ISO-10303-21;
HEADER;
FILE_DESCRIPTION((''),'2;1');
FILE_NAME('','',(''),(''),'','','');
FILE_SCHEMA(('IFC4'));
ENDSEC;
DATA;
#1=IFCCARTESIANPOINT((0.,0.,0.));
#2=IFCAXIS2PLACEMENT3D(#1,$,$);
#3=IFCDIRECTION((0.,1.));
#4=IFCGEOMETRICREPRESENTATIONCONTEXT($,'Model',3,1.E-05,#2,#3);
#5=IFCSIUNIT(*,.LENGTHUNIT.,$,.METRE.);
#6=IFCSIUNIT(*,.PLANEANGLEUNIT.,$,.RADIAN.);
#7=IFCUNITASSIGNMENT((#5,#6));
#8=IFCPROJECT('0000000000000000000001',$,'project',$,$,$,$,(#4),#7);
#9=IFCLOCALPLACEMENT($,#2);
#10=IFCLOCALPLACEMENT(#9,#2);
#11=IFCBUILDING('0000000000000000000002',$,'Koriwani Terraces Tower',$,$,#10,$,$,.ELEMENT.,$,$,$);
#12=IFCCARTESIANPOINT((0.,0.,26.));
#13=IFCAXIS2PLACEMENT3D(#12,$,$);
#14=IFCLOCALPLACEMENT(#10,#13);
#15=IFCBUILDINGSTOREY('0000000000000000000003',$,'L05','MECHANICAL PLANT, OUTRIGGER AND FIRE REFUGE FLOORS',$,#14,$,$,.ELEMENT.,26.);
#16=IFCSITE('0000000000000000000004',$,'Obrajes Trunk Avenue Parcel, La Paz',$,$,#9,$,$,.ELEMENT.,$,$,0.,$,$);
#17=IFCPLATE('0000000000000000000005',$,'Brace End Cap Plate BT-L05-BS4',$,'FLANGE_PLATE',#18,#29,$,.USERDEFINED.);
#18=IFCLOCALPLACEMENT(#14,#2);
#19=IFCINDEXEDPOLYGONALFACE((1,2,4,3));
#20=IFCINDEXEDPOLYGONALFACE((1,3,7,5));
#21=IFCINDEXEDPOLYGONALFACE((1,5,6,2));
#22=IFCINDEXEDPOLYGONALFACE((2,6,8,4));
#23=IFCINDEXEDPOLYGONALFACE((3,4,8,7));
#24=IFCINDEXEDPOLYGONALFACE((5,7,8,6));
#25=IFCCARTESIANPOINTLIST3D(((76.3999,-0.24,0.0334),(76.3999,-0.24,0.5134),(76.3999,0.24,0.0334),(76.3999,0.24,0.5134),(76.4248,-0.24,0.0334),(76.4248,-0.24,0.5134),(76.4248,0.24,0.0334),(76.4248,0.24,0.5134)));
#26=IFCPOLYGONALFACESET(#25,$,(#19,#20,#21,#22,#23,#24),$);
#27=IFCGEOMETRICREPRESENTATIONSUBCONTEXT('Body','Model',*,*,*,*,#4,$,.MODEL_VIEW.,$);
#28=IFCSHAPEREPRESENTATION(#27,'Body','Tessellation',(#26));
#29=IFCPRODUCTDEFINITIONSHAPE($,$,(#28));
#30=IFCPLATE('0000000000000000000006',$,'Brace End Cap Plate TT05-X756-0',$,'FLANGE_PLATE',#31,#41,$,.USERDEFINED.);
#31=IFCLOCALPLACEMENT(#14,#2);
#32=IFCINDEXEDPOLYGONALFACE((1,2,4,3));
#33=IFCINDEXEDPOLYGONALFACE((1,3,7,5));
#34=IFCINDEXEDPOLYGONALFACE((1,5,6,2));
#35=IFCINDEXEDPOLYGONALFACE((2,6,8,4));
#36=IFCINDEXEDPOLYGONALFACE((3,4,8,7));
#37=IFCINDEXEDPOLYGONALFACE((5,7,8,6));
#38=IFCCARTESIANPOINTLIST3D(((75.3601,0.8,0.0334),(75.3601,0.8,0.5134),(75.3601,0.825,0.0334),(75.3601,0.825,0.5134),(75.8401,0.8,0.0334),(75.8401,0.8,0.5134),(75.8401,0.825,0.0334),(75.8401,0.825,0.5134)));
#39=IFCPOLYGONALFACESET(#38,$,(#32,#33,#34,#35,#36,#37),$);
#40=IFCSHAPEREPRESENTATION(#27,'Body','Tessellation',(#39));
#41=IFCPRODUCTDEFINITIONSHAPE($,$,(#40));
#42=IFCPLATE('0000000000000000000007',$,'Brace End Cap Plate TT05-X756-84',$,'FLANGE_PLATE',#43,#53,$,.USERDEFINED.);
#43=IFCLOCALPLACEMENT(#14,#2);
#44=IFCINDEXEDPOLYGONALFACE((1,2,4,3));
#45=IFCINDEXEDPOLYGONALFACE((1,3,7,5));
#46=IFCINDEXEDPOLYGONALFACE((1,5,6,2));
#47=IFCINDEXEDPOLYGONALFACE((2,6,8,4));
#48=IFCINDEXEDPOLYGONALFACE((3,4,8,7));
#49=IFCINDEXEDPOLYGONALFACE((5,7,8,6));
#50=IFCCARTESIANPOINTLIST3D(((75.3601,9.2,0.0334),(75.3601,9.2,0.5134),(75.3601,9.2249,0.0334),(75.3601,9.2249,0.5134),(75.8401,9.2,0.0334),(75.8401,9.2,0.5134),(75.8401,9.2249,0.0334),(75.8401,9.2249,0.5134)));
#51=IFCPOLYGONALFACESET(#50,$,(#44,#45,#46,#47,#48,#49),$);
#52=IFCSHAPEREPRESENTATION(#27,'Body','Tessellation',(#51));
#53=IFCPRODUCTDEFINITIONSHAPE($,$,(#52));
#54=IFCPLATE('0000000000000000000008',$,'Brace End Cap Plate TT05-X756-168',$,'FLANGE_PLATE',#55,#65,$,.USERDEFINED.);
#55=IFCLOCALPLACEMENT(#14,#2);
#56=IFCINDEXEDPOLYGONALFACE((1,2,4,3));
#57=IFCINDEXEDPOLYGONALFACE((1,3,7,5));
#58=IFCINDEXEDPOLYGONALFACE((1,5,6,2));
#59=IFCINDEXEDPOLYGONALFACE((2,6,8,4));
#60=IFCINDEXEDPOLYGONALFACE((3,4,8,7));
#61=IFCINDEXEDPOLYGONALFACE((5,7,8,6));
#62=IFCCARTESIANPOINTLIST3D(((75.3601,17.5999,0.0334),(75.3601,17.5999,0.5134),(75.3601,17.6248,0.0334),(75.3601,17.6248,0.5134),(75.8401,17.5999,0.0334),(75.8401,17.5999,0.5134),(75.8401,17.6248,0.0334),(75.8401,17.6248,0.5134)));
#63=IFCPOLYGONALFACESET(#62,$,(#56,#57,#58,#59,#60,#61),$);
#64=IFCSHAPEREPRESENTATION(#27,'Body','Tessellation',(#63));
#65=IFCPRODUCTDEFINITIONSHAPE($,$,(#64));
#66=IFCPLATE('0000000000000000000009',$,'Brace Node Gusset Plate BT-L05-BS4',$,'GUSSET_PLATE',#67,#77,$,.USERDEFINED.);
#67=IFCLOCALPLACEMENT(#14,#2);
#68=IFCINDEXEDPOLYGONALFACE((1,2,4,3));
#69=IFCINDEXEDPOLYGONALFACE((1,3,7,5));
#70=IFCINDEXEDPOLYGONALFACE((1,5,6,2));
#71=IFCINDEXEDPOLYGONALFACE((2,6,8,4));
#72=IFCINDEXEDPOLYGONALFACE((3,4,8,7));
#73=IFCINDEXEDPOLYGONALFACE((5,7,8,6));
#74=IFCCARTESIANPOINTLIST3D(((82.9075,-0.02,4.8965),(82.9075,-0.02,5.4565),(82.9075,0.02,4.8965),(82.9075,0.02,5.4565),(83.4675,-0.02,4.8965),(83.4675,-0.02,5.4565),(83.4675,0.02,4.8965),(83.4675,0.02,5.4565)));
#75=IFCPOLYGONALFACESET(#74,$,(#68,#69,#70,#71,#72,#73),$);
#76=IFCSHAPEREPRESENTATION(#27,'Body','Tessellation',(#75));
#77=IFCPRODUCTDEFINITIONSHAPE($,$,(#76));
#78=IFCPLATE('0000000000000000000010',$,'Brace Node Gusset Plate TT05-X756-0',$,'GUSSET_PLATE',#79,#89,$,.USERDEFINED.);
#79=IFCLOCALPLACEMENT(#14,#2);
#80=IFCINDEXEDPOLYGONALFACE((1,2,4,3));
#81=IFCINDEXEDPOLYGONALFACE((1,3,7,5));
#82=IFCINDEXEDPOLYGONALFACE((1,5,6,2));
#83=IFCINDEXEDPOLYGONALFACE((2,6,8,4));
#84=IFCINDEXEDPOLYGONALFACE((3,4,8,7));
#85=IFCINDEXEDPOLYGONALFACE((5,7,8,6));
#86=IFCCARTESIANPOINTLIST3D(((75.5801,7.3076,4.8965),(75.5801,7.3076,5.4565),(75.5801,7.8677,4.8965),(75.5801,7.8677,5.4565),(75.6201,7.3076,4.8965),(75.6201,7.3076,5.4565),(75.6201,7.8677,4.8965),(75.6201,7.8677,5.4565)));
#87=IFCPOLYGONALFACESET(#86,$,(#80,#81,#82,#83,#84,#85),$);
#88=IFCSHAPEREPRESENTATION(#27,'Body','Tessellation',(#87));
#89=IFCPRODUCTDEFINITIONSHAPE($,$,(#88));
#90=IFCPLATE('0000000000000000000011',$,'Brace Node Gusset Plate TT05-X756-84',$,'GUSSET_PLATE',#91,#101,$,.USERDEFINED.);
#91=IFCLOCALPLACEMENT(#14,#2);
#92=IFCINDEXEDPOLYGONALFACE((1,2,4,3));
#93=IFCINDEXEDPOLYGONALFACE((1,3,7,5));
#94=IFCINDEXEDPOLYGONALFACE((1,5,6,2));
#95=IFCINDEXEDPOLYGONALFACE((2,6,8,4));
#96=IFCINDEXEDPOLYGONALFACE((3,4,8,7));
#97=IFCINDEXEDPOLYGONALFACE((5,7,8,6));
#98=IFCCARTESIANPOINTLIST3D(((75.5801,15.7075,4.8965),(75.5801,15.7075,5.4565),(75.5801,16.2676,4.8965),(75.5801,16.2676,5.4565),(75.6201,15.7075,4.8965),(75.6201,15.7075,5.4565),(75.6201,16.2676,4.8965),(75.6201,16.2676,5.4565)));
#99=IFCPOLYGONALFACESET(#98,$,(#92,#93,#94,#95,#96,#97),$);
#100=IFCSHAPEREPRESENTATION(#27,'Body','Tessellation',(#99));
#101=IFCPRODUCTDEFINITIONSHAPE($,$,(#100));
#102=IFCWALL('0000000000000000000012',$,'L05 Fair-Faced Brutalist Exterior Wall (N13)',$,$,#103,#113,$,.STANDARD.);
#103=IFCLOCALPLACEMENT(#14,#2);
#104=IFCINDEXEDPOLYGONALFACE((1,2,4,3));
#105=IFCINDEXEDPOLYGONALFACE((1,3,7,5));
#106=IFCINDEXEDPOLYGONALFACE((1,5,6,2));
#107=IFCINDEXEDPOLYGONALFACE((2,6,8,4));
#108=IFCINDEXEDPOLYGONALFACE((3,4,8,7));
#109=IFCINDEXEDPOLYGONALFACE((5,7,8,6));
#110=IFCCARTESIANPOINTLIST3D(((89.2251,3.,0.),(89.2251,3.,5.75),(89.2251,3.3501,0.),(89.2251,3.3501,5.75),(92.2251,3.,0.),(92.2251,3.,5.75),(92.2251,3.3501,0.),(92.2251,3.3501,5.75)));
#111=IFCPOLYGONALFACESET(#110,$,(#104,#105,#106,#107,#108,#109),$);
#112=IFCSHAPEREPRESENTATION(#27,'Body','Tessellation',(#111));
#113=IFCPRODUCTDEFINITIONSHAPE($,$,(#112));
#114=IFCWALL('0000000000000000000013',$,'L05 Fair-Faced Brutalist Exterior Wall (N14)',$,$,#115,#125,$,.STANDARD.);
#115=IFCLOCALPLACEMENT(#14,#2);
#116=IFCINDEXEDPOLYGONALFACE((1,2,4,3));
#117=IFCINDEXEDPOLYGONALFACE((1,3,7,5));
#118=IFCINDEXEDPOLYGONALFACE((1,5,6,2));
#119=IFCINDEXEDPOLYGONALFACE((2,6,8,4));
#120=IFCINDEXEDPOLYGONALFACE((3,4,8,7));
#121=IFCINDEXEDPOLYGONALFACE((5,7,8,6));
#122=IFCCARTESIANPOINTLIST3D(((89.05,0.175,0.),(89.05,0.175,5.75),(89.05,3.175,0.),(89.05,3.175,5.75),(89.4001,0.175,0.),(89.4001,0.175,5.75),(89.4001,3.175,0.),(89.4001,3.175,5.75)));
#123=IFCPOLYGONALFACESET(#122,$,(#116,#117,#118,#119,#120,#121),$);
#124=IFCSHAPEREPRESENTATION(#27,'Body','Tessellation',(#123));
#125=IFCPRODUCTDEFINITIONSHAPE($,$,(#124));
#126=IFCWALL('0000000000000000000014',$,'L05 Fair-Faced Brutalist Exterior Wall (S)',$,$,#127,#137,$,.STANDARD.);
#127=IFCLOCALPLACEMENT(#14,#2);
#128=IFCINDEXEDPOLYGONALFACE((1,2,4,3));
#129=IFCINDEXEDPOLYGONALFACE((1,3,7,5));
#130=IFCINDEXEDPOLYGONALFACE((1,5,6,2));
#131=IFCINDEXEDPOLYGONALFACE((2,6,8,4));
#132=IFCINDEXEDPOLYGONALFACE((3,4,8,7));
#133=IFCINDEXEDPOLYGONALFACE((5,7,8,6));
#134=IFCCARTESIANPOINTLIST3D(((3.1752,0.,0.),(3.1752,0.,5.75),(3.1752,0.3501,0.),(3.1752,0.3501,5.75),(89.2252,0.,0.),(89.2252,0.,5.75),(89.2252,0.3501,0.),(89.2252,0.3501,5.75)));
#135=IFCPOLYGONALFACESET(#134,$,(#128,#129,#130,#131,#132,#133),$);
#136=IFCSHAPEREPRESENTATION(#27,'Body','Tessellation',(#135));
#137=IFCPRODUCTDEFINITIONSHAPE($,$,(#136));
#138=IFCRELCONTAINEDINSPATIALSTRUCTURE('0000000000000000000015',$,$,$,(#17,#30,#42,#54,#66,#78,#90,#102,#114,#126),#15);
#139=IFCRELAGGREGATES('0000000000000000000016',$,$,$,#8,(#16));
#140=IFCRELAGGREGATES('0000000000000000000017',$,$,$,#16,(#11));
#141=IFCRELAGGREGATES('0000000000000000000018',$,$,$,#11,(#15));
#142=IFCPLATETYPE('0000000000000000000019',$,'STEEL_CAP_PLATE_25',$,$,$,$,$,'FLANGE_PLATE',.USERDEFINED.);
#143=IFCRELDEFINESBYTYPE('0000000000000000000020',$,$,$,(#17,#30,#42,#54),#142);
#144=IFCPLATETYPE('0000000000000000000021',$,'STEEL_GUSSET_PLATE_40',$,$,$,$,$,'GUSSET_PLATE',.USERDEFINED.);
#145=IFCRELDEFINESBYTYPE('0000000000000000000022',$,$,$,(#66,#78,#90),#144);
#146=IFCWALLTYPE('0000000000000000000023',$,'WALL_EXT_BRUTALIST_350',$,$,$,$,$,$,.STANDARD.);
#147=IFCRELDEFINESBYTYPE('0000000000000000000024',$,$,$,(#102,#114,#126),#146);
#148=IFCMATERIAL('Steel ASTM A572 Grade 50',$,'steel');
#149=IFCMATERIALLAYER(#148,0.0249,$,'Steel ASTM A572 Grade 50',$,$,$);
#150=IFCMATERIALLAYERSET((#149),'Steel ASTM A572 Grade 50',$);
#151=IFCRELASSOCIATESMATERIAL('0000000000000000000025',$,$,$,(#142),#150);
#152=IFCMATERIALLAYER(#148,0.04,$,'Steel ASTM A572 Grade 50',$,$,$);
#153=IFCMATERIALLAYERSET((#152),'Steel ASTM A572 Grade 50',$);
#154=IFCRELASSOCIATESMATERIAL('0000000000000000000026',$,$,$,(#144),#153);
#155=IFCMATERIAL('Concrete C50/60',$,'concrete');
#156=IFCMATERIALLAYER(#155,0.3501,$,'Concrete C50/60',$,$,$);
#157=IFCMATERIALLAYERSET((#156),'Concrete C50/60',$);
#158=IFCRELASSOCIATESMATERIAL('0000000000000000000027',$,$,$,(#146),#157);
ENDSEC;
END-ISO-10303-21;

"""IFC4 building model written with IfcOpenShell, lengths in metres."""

from ifc_helpers import new_model, si_unit, direction, frame, frame_2d, origin, origin_2d, place, context, subcontext, project, spatial, rectangle, extrude, material, layer, layer_set, type_object, element, save


model = new_model("IFC4")

# Units and contexts
model_context = context("Model", 3, precision=1e-05, world=origin(), true_north=direction((0.0, 1.0)))
body_context = subcontext(model_context, "Body", "Model", "MODEL_VIEW")
ifc_project = project(units=[si_unit("LENGTHUNIT", "METRE"), si_unit("PLANEANGLEUNIT", "RADIAN")], contexts=[model_context])

# Site, building, storey
site_placement = place(None, origin())
site = spatial("IfcSite", under=ifc_project, at=site_placement, Name="Obrajes Trunk Avenue Parcel, La Paz", CompositionType="ELEMENT", RefElevation=0.0)
building_placement = place(site_placement, origin())
building = spatial("IfcBuilding", under=site, at=building_placement, Name="Koriwani Terraces Tower", CompositionType="ELEMENT")
storey_placement = place(building_placement, frame((0.0, 0.0, 26.0)))
storey = spatial("IfcBuildingStorey", under=building, at=storey_placement, Name="L05", Description="MECHANICAL PLANT, OUTRIGGER AND FIRE REFUGE FLOORS", CompositionType="ELEMENT", Elevation=26.0)

# Shared definitions
ifc_material_1 = material(Name="Steel ASTM A572 Grade 50", Category="steel")

# Plates
ifc_layer_1 = layer(ifc_material_1, 0.0249, Name="Steel ASTM A572 Grade 50")
ifc_layer_set_1 = layer_set([ifc_layer_1], Name="Steel ASTM A572 Grade 50")
plate_type_1 = type_object("IfcPlateType", Name="STEEL_CAP_PLATE_25", ElementType="FLANGE_PLATE", PredefinedType="USERDEFINED", material=ifc_layer_set_1)
for number, where, z_axis, x_axis, name in (
    (1, (76.4124, 0.0, 0.0334), (0.0, 0.0, 1.0), (1.0, 0.0, 0.0), "Brace End Cap Plate BT-L05-BS4"),
    (2, (75.6001, 0.8125, 0.0334), (0.0, 0.0, 1.0), (0.0, 1.0, 0.0), "Brace End Cap Plate TT05-X756-0"),
    (3, (75.6001, 9.2124, 0.0334), (0.0, 0.0, 1.0), (0.0, 1.0, 0.0), "Brace End Cap Plate TT05-X756-84"),
    (4, (75.6001, 17.6123, 0.0334), (0.0, 0.0, 1.0), (0.0, 1.0, 0.0), "Brace End Cap Plate TT05-X756-168"),
):
    element("IfcPlate", number, at=place(storey_placement, frame(where, z_axis=z_axis, x_axis=x_axis)), inside=storey, type_object=plate_type_1, Name=name, ObjectType="FLANGE_PLATE", PredefinedType="USERDEFINED", context=body_context, shape_type="SweptSolid", body=[
        extrude(rectangle(XDim=0.0249, YDim=0.48, at=origin_2d()), origin(), (0.0, 0.0, 1.0), 0.48),
    ])
ifc_layer_2 = layer(ifc_material_1, 0.04, Name="Steel ASTM A572 Grade 50")
ifc_layer_set_2 = layer_set([ifc_layer_2], Name="Steel ASTM A572 Grade 50")
plate_type_2 = type_object("IfcPlateType", Name="STEEL_GUSSET_PLATE_40", ElementType="GUSSET_PLATE", PredefinedType="USERDEFINED", material=ifc_layer_set_2)
for number, where, z_axis, x_axis, name in (
    (5, (83.1875, 0.0, 4.8965), (0.0, 0.0, 1.0), (1.0, 0.0, 0.0), "Brace Node Gusset Plate BT-L05-BS4"),
    (6, (75.6001, 7.5876, 4.8965), (0.0, 0.0, 1.0), (0.0, 1.0, 0.0), "Brace Node Gusset Plate TT05-X756-0"),
    (7, (75.6001, 15.9875, 4.8965), (0.0, 0.0, 1.0), (0.0, 1.0, 0.0), "Brace Node Gusset Plate TT05-X756-84"),
):
    element("IfcPlate", number, at=place(storey_placement, frame(where, z_axis=z_axis, x_axis=x_axis)), inside=storey, type_object=plate_type_2, Name=name, ObjectType="GUSSET_PLATE", PredefinedType="USERDEFINED", context=body_context, shape_type="SweptSolid", body=[
        extrude(rectangle(XDim=0.5601, YDim=0.04, at=origin_2d()), origin(), (0.0, 0.0, 1.0), 0.5601),
    ])

# Walls
ifc_material_2 = material(Name="Concrete C50/60", Category="concrete")
ifc_layer_3 = layer(ifc_material_2, 0.3501, Name="Concrete C50/60")
ifc_layer_set_3 = layer_set([ifc_layer_3], Name="Concrete C50/60")
wall_type = type_object("IfcWallType", Name="WALL_EXT_BRUTALIST_350", PredefinedType="STANDARD", material=ifc_layer_set_3)
for number, where, z_axis, x_axis, name in (
    (8, (92.2251, 3.175, 0.0), (0.0, 0.0, 1.0), (-1.0, 0.0, 0.0), "L05 Fair-Faced Brutalist Exterior Wall (N13)"),
    (9, (89.2251, 3.175, 0.0), (0.0, 0.0, 1.0), (0.0, -1.0, 0.0), "L05 Fair-Faced Brutalist Exterior Wall (N14)"),
):
    element("IfcWall", number, at=place(storey_placement, frame(where, z_axis=z_axis, x_axis=x_axis)), inside=storey, type_object=wall_type, Name=name, PredefinedType="STANDARD", context=body_context, shape_type="SweptSolid", body=[
        extrude(rectangle(XDim=3.0, YDim=0.3501, at=frame_2d((1.5, 0.0))), origin(), (0.0, 0.0, 1.0), 5.75),
    ])
wall_placement = place(storey_placement, frame((89.2251, 0.175, 0.0), z_axis=(0.0, 0.0, 1.0), x_axis=(-1.0, 0.0, 0.0)))
element("IfcWall", 10, at=wall_placement, inside=storey, type_object=wall_type, Name="L05 Fair-Faced Brutalist Exterior Wall (S)", PredefinedType="STANDARD", context=body_context, shape_type="SweptSolid", body=[
    extrude(rectangle(XDim=86.05, YDim=0.3501, at=frame_2d((43.0249, 0.0))), origin(), (0.0, 0.0, 1.0), 5.75),
])

save(model, "model.ifc")
